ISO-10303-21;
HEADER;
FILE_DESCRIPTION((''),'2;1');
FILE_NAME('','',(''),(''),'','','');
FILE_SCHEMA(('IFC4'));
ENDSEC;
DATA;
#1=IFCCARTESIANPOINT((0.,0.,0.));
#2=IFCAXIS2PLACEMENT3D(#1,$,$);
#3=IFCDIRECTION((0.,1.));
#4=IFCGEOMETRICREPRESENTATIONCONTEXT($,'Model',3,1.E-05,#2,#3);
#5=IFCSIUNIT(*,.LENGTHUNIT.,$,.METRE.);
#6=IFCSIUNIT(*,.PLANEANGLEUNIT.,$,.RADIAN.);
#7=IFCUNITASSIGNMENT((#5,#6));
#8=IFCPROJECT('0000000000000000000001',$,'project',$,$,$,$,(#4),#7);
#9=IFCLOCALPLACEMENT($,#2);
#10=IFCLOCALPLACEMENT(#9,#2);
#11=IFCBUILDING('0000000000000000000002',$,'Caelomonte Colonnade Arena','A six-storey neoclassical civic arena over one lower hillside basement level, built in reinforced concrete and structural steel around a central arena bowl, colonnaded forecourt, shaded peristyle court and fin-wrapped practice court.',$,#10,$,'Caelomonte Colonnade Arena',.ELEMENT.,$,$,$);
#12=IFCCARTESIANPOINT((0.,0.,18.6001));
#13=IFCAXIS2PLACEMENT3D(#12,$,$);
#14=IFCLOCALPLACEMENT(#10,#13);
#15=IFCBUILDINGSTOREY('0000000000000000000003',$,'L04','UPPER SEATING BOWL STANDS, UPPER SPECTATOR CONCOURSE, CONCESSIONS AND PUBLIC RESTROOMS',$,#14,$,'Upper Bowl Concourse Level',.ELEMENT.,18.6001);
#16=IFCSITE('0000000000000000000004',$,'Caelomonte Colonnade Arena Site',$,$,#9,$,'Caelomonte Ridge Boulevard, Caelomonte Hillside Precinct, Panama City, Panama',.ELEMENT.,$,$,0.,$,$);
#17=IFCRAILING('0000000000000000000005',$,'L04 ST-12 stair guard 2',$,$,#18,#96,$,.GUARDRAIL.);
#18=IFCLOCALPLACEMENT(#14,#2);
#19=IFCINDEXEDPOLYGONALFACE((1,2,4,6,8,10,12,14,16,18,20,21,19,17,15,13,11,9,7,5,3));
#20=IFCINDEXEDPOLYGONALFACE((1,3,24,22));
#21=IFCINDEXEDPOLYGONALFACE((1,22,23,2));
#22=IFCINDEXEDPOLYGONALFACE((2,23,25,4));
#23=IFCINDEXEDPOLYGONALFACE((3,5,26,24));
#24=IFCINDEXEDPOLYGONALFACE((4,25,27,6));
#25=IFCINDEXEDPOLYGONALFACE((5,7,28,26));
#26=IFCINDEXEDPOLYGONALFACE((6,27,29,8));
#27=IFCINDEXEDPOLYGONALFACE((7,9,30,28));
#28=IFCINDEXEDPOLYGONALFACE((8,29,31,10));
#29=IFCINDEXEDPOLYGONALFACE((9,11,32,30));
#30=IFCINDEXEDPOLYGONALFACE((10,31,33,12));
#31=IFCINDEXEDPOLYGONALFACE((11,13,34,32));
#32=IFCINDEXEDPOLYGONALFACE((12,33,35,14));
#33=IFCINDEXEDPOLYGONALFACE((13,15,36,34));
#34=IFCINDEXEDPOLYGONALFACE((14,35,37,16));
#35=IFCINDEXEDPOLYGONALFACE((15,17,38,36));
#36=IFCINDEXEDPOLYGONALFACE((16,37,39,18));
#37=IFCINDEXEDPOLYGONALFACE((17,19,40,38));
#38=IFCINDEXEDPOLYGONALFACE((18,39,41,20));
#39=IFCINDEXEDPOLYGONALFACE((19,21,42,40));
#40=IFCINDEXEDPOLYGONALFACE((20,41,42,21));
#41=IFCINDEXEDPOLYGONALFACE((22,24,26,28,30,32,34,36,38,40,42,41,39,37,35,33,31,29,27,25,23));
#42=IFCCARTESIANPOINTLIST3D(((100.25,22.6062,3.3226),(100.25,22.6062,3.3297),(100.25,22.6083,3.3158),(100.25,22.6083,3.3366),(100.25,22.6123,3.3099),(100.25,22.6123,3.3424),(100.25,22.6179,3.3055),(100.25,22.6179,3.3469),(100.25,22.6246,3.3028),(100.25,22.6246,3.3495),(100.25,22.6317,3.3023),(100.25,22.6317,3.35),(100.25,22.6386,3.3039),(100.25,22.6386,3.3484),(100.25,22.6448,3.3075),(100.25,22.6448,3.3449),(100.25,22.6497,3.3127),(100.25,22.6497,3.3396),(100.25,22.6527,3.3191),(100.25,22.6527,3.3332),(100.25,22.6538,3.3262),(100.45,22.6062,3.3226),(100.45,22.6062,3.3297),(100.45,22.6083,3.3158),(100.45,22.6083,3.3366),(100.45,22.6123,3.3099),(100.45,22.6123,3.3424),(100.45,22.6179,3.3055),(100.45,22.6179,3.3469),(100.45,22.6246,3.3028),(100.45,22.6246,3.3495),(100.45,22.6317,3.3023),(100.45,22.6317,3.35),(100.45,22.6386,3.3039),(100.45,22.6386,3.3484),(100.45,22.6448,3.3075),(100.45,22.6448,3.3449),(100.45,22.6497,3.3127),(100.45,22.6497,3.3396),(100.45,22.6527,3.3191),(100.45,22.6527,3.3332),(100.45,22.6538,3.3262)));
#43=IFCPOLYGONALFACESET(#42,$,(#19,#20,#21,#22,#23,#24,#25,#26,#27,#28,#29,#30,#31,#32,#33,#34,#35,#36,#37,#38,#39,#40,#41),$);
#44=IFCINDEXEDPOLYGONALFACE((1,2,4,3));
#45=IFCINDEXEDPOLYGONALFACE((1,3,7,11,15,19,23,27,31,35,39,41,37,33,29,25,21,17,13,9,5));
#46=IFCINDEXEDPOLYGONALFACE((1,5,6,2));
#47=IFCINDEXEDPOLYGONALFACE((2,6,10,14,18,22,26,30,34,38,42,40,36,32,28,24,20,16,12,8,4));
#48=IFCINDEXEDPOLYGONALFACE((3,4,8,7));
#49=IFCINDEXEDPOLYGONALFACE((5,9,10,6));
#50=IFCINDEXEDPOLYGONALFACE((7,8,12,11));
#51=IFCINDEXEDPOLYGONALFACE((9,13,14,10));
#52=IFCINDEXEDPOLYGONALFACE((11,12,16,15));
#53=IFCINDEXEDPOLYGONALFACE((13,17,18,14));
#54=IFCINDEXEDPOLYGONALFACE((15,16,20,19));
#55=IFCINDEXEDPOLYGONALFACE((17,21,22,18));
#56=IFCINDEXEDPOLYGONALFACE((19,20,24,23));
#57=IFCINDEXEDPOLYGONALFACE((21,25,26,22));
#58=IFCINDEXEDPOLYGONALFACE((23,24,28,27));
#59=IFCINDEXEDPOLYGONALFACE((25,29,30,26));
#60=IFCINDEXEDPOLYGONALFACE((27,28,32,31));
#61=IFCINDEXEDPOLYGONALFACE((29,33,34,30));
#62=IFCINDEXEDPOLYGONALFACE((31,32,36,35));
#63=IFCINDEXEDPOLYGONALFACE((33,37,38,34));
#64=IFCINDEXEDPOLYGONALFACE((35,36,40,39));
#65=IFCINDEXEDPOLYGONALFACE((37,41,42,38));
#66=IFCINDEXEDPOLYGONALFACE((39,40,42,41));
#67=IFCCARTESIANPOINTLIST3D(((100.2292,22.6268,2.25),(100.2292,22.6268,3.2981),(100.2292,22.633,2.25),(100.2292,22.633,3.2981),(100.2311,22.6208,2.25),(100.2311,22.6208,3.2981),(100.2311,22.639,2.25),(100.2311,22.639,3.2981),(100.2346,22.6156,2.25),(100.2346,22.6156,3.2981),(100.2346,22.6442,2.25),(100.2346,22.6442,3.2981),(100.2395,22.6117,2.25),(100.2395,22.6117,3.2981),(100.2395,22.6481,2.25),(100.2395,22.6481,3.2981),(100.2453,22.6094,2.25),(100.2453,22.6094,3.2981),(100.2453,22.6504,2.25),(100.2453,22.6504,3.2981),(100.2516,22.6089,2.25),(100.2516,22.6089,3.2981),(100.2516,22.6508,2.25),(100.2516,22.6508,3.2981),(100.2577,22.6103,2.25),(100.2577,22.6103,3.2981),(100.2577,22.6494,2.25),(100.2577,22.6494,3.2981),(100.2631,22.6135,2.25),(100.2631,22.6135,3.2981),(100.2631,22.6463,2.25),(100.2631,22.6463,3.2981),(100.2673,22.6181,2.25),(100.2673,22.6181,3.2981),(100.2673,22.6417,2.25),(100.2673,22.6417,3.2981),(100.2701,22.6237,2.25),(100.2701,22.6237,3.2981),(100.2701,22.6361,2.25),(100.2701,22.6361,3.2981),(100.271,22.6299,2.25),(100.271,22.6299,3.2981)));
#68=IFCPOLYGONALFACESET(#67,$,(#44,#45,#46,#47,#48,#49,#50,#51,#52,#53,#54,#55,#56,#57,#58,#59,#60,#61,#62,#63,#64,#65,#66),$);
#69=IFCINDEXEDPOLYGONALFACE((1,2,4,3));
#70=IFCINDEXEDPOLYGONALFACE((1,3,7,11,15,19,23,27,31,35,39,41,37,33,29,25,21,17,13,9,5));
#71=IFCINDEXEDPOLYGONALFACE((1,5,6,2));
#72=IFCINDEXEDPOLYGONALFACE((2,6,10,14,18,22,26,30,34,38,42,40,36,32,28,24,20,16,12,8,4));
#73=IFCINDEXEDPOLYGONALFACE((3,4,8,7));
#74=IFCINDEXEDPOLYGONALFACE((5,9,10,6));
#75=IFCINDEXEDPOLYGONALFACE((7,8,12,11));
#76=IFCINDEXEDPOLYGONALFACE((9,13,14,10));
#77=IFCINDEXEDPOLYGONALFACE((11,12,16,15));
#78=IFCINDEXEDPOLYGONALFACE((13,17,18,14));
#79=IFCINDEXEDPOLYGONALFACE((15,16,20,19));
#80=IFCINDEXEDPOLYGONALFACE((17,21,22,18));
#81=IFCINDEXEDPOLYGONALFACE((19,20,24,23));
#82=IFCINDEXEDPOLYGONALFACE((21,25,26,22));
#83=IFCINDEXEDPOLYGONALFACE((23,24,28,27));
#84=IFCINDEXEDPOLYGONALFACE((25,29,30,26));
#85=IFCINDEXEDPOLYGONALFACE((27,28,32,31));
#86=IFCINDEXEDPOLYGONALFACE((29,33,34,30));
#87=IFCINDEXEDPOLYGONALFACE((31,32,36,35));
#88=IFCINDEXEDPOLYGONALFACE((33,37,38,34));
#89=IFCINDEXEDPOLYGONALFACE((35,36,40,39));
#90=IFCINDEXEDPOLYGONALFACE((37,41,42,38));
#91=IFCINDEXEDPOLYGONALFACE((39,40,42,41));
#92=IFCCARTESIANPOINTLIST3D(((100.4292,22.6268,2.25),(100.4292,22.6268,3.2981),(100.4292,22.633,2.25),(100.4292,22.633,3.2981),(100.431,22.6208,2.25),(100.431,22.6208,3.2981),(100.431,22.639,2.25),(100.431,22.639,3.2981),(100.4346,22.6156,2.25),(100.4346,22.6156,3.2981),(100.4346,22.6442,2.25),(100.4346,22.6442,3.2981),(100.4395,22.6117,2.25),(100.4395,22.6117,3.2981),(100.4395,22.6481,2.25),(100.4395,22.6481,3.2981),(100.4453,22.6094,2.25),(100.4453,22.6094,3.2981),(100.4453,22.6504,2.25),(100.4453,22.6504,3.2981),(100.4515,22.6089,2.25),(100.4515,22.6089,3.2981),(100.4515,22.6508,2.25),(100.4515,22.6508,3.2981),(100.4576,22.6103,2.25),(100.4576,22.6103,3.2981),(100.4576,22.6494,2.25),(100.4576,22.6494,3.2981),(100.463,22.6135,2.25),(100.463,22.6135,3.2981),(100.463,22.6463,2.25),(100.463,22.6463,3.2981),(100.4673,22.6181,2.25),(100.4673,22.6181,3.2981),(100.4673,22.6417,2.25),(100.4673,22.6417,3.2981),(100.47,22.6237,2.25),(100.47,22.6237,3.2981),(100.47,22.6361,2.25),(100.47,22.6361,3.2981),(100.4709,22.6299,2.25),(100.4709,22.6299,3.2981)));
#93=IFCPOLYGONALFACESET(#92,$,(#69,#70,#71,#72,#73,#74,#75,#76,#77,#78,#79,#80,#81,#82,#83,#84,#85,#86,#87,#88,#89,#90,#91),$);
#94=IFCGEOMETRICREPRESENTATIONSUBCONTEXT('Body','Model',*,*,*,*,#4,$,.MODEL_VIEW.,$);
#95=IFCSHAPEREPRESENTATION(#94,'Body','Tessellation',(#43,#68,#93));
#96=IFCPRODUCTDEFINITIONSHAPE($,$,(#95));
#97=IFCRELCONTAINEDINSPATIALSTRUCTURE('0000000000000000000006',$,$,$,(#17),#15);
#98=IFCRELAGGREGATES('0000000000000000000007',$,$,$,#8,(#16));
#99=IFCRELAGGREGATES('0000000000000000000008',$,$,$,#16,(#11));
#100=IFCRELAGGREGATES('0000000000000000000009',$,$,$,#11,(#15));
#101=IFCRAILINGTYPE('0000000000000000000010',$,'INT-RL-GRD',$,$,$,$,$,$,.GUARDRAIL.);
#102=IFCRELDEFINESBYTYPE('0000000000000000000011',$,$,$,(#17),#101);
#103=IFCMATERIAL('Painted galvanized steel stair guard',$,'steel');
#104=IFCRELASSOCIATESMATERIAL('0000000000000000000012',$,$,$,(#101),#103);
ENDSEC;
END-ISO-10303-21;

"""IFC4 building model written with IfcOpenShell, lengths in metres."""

from ifc_helpers import new_model, si_unit, direction, frame, origin, origin_2d, place, context, subcontext, project, spatial, circle, extrude, material, type_object, element, save


model = new_model("IFC4")

# Units and contexts
model_context = context("Model", 3, precision=1e-05, world=origin(), true_north=direction((0.0, 1.0)))
body_context = subcontext(model_context, "Body", "Model", "MODEL_VIEW")
ifc_project = project(units=[si_unit("LENGTHUNIT", "METRE"), si_unit("PLANEANGLEUNIT", "RADIAN")], contexts=[model_context])

# Site, building, storey
site_placement = place(None, origin())
site = spatial("IfcSite", under=ifc_project, at=site_placement, Name="Caelomonte Colonnade Arena Site", LongName="Caelomonte Ridge Boulevard, Caelomonte Hillside Precinct, Panama City, Panama", CompositionType="ELEMENT", RefElevation=0.0)
building_placement = place(site_placement, origin())
building = spatial("IfcBuilding", under=site, at=building_placement, Name="Caelomonte Colonnade Arena", Description="A six-storey neoclassical civic arena over one lower hillside basement level, built in reinforced concrete and structural steel around a central arena bowl, colonnaded forecourt, shaded peristyle court and fin-wrapped practice court.", LongName="Caelomonte Colonnade Arena", CompositionType="ELEMENT")
storey_placement = place(building_placement, frame((0.0, 0.0, 18.6001)))
storey = spatial("IfcBuildingStorey", under=building, at=storey_placement, Name="L04", Description="UPPER SEATING BOWL STANDS, UPPER SPECTATOR CONCOURSE, CONCESSIONS AND PUBLIC RESTROOMS", LongName="Upper Bowl Concourse Level", CompositionType="ELEMENT", Elevation=18.6001)

# Railing
ifc_material_1 = material(Name="Painted galvanized steel stair guard", Category="steel")
railing_type_1 = type_object("IfcRailingType", Name="INT-RL-GRD", PredefinedType="GUARDRAIL", material=ifc_material_1)
railing_1_placement = place(storey_placement, frame((100.25, 22.6299, 2.25)))
element("IfcRailing", 1, at=railing_1_placement, inside=storey, type_object=railing_type_1, Name="L04 ST-12 stair guard 2", PredefinedType="GUARDRAIL", context=body_context, shape_type="SweptSolid", body=[
    extrude(circle(Radius=0.0239, at=origin_2d()), frame((0.0, 0.0, 1.0762), z_axis=(1.0, 0.0, 0.0), x_axis=(0.0, 1.0, 0.0)), (0.0, 0.0, 1.0), 0.2),
    extrude(circle(Radius=0.021, at=origin_2d()), origin(), (0.0, 0.0, 1.0), 1.0481),
    extrude(circle(Radius=0.021, at=origin_2d()), frame((0.2, 0.0, 0.0)), (0.0, 0.0, 1.0), 1.0481),
])

save(model, "model.ifc")
